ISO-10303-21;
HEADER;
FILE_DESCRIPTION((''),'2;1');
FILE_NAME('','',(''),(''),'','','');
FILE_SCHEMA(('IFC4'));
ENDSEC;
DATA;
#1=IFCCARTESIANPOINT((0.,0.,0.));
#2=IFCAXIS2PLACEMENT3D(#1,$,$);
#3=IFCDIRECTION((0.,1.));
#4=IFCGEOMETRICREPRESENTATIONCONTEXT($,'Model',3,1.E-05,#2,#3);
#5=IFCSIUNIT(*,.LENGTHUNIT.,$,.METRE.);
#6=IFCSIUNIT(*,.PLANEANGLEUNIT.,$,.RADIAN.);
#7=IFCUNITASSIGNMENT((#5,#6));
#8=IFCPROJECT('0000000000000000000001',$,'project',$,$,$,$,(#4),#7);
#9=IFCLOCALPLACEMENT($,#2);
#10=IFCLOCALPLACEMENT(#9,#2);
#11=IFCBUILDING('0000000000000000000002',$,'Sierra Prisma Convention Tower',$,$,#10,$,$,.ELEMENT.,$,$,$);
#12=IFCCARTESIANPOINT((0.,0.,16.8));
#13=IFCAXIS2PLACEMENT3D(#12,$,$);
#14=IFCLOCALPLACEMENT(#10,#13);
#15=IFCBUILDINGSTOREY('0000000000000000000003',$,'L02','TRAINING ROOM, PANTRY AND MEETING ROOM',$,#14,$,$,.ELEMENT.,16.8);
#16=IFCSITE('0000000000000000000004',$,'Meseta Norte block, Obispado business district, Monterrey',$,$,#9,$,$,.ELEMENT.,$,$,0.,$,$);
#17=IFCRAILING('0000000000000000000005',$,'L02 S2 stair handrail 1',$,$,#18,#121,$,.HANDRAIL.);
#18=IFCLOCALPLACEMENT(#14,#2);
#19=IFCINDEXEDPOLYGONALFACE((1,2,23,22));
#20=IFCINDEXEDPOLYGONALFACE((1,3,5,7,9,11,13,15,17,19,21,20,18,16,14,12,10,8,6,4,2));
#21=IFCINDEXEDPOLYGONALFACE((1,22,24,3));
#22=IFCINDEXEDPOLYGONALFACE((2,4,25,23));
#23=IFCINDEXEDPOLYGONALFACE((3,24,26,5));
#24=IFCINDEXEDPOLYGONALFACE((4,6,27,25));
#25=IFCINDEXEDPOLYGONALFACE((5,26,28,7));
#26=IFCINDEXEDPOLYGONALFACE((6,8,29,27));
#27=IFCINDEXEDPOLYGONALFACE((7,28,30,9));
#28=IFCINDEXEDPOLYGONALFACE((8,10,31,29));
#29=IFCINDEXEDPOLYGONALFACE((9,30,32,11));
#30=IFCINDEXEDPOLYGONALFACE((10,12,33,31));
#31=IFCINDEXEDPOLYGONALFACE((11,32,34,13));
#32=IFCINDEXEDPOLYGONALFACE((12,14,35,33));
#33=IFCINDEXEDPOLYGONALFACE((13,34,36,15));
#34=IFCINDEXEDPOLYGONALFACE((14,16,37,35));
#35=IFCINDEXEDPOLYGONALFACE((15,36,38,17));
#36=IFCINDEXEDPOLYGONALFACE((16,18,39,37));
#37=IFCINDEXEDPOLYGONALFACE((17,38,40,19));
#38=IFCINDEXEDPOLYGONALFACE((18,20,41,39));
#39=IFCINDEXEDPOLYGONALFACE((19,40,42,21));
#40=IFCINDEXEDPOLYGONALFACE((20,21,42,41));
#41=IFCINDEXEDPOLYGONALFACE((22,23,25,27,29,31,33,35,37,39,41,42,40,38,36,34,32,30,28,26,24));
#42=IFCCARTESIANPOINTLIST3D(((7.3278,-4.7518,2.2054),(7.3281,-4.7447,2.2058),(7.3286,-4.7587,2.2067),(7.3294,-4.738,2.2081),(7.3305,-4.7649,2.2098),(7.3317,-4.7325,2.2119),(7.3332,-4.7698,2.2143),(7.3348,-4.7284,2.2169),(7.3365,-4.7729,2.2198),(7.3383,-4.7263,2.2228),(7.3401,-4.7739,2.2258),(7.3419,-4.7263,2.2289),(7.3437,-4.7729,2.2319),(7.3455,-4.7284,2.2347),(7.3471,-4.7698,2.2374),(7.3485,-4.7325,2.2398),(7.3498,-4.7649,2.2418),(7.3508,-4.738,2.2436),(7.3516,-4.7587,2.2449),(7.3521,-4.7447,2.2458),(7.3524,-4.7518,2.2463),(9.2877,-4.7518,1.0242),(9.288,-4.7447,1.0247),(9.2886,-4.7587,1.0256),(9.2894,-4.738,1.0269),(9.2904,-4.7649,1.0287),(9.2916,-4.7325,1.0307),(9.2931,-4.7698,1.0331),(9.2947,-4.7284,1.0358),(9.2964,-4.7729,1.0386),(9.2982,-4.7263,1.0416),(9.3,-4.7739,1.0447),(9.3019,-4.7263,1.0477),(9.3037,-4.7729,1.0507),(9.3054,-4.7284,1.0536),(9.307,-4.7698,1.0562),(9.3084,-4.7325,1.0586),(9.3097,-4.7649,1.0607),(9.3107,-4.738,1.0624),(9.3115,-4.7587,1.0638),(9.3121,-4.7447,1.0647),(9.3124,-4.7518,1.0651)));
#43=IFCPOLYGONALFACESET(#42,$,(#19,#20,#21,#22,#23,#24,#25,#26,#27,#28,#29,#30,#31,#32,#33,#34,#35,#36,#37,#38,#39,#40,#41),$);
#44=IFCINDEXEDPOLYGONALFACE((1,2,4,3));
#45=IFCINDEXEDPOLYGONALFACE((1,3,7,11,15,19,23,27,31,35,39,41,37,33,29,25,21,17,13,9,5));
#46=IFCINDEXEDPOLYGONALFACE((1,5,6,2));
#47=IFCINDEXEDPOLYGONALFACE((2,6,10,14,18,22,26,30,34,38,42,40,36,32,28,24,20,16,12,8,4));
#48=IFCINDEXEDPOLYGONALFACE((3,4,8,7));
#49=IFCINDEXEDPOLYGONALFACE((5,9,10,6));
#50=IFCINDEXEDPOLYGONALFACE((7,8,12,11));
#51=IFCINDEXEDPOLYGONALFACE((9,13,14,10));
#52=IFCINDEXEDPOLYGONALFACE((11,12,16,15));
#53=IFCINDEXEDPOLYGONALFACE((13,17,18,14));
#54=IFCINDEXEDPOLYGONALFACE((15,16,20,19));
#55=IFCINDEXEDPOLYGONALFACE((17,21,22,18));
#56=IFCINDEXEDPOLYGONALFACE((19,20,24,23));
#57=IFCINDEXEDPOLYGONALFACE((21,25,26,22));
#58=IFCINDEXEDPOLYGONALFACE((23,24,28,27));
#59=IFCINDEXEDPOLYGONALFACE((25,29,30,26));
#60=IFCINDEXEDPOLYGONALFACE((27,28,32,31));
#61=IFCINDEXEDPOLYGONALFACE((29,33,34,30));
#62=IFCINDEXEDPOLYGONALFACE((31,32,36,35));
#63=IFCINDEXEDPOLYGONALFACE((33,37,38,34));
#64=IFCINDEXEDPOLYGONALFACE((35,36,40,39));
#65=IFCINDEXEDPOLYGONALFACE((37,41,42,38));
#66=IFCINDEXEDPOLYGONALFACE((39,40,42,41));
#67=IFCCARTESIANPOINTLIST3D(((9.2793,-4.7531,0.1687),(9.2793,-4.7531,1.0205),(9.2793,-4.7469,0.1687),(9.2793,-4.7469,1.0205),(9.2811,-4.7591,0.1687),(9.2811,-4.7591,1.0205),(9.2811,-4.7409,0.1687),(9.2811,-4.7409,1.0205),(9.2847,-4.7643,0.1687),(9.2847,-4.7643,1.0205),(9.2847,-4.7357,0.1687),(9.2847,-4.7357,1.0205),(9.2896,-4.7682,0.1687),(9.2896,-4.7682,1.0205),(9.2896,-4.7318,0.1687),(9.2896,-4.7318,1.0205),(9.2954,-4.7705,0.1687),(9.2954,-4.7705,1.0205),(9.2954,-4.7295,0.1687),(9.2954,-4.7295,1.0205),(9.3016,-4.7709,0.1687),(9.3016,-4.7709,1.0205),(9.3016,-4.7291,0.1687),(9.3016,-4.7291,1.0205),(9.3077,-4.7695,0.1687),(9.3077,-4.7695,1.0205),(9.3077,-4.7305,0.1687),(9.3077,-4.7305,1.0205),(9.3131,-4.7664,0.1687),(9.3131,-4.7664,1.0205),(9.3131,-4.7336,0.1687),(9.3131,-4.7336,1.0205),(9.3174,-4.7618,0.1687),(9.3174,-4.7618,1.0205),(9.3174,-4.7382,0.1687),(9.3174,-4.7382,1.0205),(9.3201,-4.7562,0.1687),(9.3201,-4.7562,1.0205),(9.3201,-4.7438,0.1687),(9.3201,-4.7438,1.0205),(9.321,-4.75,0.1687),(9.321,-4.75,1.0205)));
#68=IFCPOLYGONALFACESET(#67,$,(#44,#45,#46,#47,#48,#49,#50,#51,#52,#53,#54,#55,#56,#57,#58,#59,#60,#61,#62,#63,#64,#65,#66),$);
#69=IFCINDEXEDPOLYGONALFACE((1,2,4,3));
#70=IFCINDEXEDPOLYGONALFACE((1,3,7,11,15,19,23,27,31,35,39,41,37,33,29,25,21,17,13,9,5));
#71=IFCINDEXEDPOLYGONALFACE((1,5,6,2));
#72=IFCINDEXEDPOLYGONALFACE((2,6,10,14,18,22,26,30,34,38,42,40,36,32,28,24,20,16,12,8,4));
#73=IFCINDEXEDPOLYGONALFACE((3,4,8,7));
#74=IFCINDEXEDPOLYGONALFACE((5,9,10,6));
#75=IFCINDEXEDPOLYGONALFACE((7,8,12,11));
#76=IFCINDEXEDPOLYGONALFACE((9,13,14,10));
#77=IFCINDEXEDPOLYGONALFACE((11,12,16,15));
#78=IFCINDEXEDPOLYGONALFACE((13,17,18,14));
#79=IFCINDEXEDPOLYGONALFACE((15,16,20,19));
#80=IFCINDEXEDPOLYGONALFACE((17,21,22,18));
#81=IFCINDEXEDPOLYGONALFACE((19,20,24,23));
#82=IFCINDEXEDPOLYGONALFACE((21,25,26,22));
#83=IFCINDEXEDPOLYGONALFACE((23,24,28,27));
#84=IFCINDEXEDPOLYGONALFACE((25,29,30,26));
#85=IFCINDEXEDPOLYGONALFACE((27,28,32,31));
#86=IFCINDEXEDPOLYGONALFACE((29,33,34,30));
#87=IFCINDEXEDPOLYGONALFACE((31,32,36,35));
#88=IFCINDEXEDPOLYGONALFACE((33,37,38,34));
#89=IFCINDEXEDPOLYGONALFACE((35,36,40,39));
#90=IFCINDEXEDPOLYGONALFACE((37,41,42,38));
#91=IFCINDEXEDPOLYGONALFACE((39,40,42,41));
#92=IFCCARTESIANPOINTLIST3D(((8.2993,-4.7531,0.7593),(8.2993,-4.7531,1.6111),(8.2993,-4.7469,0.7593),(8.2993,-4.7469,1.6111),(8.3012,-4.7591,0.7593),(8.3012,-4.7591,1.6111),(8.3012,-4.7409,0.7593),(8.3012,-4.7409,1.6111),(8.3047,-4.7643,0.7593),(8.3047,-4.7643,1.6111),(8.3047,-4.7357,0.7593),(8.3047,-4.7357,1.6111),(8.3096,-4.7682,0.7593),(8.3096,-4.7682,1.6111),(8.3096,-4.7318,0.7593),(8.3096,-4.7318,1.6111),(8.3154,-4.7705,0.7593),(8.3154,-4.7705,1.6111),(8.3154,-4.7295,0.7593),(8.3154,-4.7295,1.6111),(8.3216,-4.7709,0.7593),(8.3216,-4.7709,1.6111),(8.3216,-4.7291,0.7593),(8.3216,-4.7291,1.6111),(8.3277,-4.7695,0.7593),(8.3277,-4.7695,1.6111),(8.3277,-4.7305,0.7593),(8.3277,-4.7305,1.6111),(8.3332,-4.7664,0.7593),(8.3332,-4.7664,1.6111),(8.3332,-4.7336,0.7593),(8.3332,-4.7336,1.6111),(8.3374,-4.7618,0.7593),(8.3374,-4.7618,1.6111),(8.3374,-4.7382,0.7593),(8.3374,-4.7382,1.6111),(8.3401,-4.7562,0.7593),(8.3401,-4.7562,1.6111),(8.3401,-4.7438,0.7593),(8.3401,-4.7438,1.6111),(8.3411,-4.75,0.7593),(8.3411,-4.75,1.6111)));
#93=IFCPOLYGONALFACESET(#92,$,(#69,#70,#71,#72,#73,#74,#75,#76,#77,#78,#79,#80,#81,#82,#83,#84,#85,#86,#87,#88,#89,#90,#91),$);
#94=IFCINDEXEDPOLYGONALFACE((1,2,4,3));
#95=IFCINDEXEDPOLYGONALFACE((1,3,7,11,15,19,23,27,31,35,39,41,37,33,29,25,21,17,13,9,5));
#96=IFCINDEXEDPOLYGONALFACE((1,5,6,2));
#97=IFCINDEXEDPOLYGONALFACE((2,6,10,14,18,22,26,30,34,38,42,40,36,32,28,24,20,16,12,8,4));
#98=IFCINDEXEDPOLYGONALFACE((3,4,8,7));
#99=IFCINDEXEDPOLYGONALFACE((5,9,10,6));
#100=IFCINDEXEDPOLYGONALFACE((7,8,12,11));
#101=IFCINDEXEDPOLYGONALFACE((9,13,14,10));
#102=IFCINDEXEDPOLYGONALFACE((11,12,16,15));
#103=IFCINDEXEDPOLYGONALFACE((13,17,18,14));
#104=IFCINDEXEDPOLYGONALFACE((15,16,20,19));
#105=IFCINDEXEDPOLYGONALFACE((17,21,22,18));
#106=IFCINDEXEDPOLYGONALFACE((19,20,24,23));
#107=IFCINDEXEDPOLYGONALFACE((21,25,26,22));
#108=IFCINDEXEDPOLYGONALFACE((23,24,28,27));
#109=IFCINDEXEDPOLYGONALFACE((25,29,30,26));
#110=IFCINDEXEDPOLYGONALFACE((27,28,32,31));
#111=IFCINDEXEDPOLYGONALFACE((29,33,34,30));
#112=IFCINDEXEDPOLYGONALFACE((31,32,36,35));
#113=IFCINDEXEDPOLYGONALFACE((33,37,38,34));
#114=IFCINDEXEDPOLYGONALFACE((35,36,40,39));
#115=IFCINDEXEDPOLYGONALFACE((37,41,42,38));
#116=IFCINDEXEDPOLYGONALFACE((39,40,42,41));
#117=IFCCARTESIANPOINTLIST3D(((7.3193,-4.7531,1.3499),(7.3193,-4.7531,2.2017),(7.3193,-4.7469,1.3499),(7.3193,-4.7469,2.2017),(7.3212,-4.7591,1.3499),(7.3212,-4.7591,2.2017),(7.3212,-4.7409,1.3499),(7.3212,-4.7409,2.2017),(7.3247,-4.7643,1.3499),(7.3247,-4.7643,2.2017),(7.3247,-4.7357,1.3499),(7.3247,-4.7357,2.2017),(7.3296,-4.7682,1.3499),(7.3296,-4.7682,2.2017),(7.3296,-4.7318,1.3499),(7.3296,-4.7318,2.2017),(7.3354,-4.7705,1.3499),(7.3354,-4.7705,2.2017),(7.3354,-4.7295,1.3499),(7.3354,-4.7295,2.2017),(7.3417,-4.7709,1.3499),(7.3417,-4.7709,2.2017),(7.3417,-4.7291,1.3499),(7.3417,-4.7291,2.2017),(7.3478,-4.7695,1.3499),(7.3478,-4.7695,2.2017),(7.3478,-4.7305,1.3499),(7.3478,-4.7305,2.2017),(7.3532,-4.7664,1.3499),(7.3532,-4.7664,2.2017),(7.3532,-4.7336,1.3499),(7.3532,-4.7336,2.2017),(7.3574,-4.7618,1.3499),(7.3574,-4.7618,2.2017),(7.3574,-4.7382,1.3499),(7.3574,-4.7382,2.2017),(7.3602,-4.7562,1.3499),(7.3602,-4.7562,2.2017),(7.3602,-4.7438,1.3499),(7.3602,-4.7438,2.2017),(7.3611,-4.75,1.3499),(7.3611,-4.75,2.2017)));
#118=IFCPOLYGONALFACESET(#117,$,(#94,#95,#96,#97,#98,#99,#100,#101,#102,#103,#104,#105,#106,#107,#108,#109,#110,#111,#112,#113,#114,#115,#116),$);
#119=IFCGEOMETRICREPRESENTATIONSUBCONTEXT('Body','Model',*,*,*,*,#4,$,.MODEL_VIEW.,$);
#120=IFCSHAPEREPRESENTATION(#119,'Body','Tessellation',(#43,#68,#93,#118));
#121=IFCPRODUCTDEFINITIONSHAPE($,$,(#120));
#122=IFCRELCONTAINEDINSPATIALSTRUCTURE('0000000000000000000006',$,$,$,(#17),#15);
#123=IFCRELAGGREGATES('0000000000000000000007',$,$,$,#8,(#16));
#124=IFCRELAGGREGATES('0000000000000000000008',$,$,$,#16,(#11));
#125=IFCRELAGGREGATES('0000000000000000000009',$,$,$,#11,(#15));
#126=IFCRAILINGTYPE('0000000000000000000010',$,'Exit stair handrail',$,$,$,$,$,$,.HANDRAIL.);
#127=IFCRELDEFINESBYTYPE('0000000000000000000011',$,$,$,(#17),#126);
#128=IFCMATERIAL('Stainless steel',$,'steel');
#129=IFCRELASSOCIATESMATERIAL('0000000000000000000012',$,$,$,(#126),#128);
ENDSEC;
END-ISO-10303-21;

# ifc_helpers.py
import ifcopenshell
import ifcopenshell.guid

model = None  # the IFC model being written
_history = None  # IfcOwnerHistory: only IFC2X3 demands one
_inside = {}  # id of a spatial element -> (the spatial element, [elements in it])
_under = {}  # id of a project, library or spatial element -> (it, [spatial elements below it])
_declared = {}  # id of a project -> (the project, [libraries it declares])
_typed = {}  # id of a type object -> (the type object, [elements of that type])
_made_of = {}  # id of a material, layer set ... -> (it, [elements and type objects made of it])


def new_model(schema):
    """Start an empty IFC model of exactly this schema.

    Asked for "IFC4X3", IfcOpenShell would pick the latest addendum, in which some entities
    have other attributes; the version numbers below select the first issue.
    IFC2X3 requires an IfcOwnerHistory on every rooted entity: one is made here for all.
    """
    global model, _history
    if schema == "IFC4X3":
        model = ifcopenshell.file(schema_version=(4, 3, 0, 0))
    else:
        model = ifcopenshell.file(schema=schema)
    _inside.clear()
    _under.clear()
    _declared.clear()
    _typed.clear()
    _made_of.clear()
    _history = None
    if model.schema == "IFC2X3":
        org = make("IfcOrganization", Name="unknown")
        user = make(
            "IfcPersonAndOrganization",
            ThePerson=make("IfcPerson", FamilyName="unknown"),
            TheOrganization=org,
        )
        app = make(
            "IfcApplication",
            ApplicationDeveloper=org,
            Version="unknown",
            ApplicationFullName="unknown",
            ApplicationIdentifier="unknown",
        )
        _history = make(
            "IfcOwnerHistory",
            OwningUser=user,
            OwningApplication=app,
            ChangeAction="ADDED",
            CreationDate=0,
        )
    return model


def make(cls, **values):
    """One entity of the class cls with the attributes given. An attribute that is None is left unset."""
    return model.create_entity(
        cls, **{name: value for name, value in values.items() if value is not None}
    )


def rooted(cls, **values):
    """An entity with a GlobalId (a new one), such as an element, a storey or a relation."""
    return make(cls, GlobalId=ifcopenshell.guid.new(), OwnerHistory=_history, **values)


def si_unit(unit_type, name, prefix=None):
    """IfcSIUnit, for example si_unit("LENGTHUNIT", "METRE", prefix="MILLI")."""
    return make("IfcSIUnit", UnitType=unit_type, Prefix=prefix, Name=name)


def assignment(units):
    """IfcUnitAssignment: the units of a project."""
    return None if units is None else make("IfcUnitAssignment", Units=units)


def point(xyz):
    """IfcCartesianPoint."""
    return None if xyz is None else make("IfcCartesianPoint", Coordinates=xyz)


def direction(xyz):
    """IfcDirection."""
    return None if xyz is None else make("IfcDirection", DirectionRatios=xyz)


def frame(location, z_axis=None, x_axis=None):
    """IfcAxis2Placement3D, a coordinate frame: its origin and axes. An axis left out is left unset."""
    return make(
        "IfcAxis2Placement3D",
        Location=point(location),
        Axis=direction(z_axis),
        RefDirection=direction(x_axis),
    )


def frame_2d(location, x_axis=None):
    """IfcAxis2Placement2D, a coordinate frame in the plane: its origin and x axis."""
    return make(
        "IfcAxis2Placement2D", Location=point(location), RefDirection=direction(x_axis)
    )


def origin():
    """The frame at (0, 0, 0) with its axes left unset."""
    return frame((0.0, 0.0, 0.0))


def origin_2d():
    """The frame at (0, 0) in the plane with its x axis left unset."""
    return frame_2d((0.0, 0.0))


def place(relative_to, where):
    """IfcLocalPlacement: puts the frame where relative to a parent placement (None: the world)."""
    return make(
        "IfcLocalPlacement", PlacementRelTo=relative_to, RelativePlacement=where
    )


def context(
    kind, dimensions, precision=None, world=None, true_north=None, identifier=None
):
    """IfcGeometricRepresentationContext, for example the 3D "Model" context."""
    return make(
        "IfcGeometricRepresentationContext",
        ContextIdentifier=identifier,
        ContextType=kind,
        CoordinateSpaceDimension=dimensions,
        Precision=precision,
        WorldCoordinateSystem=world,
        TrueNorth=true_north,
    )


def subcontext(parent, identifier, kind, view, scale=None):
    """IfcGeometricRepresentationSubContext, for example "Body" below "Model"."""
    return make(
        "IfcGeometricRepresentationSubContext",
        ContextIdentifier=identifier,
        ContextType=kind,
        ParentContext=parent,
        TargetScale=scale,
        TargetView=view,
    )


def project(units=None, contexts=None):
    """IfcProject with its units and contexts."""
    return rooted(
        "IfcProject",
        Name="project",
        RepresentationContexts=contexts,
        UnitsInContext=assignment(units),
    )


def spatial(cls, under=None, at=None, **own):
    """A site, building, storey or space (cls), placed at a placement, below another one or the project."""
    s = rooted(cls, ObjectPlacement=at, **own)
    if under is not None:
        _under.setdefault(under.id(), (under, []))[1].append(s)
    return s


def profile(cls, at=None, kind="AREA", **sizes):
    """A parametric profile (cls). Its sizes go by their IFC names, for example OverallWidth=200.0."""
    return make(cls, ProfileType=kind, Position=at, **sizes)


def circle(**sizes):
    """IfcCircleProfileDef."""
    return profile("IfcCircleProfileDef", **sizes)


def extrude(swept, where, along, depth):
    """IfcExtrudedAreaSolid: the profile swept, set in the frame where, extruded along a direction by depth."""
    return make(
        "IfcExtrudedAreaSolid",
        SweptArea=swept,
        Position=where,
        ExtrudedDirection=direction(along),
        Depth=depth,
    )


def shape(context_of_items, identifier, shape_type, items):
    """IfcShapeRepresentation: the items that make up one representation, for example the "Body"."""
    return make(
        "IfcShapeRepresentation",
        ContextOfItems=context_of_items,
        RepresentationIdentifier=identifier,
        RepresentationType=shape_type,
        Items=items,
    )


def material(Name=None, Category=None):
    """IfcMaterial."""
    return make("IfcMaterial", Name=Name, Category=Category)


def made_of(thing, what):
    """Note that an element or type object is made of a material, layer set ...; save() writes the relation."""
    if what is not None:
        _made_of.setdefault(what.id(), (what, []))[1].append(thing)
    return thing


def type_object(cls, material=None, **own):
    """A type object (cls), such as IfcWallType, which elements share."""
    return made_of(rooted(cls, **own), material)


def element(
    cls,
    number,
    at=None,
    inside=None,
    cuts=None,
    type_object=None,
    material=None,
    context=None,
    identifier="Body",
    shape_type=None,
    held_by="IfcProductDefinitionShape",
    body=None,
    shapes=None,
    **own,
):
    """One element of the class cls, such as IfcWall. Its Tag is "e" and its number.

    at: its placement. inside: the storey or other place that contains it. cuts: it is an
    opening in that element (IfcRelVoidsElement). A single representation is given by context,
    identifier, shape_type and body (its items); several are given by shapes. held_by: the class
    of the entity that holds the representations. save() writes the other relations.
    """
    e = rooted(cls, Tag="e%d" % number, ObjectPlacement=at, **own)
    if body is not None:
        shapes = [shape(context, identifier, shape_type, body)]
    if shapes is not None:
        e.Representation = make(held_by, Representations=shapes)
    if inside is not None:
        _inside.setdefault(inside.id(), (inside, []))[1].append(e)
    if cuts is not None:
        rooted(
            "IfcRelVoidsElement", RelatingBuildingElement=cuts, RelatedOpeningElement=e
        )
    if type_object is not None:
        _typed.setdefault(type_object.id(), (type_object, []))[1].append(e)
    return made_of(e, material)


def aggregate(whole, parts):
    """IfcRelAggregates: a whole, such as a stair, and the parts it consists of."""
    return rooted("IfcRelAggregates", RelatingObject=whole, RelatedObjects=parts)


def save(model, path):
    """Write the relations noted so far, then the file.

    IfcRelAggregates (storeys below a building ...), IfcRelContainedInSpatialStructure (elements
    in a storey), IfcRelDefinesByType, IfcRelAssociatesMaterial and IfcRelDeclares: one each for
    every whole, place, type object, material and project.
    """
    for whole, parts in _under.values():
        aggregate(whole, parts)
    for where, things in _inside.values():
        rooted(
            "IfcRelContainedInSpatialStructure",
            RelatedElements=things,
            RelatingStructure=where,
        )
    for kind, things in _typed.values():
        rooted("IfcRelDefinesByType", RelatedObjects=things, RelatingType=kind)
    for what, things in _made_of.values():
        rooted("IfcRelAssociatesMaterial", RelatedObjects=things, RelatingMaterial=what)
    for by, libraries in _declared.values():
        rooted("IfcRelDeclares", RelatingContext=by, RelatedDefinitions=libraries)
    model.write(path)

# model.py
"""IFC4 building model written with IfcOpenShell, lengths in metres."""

from ifc_helpers import new_model, si_unit, direction, frame, origin, origin_2d, place, context, subcontext, project, spatial, circle, extrude, material, type_object, element, save


model = new_model("IFC4")

# Units and contexts
model_context = context("Model", 3, precision=1e-05, world=origin(), true_north=direction((0.0, 1.0)))
body_context = subcontext(model_context, "Body", "Model", "MODEL_VIEW")
ifc_project = project(units=[si_unit("LENGTHUNIT", "METRE"), si_unit("PLANEANGLEUNIT", "RADIAN")], contexts=[model_context])

# Site, building, storey
site_placement = place(None, origin())
site = spatial("IfcSite", under=ifc_project, at=site_placement, Name="Meseta Norte block, Obispado business district, Monterrey", CompositionType="ELEMENT", RefElevation=0.0)
building_placement = place(site_placement, origin())
building = spatial("IfcBuilding", under=site, at=building_placement, Name="Sierra Prisma Convention Tower", CompositionType="ELEMENT")
storey_placement = place(building_placement, frame((0.0, 0.0, 16.8)))
storey = spatial("IfcBuildingStorey", under=building, at=storey_placement, Name="L02", Description="TRAINING ROOM, PANTRY AND MEETING ROOM", CompositionType="ELEMENT", Elevation=16.8)

# Railing
ifc_material_1 = material(Name="Stainless steel", Category="steel")
railing_type_1 = type_object("IfcRailingType", Name="Exit stair handrail", PredefinedType="HANDRAIL", material=ifc_material_1)
railing_1_placement = place(storey_placement, frame((9.3, -4.75, 0.1687)))
element("IfcRailing", 1, at=railing_1_placement, inside=storey, type_object=railing_type_1, Name="L02 S2 stair handrail 1", PredefinedType="HANDRAIL", context=body_context, shape_type="SweptSolid", body=[
    extrude(circle(Radius=0.0239, at=origin_2d()), frame((0.0, 0.0, 0.876), z_axis=(-0.856493, 0.0, 0.516158), x_axis=(0.0, -1.0, 0.0)), (0.0, 0.0, 1.0), 2.2883),
    extrude(circle(Radius=0.021, at=origin_2d()), origin(), (0.0, 0.0, 1.0), 0.8518),
    extrude(circle(Radius=0.021, at=origin_2d()), frame((-0.98, 0.0, 0.5906)), (0.0, 0.0, 1.0), 0.8518),
    extrude(circle(Radius=0.021, at=origin_2d()), frame((-1.96, 0.0, 1.1812)), (0.0, 0.0, 1.0), 0.8518),
])

save(model, "model.ifc")
